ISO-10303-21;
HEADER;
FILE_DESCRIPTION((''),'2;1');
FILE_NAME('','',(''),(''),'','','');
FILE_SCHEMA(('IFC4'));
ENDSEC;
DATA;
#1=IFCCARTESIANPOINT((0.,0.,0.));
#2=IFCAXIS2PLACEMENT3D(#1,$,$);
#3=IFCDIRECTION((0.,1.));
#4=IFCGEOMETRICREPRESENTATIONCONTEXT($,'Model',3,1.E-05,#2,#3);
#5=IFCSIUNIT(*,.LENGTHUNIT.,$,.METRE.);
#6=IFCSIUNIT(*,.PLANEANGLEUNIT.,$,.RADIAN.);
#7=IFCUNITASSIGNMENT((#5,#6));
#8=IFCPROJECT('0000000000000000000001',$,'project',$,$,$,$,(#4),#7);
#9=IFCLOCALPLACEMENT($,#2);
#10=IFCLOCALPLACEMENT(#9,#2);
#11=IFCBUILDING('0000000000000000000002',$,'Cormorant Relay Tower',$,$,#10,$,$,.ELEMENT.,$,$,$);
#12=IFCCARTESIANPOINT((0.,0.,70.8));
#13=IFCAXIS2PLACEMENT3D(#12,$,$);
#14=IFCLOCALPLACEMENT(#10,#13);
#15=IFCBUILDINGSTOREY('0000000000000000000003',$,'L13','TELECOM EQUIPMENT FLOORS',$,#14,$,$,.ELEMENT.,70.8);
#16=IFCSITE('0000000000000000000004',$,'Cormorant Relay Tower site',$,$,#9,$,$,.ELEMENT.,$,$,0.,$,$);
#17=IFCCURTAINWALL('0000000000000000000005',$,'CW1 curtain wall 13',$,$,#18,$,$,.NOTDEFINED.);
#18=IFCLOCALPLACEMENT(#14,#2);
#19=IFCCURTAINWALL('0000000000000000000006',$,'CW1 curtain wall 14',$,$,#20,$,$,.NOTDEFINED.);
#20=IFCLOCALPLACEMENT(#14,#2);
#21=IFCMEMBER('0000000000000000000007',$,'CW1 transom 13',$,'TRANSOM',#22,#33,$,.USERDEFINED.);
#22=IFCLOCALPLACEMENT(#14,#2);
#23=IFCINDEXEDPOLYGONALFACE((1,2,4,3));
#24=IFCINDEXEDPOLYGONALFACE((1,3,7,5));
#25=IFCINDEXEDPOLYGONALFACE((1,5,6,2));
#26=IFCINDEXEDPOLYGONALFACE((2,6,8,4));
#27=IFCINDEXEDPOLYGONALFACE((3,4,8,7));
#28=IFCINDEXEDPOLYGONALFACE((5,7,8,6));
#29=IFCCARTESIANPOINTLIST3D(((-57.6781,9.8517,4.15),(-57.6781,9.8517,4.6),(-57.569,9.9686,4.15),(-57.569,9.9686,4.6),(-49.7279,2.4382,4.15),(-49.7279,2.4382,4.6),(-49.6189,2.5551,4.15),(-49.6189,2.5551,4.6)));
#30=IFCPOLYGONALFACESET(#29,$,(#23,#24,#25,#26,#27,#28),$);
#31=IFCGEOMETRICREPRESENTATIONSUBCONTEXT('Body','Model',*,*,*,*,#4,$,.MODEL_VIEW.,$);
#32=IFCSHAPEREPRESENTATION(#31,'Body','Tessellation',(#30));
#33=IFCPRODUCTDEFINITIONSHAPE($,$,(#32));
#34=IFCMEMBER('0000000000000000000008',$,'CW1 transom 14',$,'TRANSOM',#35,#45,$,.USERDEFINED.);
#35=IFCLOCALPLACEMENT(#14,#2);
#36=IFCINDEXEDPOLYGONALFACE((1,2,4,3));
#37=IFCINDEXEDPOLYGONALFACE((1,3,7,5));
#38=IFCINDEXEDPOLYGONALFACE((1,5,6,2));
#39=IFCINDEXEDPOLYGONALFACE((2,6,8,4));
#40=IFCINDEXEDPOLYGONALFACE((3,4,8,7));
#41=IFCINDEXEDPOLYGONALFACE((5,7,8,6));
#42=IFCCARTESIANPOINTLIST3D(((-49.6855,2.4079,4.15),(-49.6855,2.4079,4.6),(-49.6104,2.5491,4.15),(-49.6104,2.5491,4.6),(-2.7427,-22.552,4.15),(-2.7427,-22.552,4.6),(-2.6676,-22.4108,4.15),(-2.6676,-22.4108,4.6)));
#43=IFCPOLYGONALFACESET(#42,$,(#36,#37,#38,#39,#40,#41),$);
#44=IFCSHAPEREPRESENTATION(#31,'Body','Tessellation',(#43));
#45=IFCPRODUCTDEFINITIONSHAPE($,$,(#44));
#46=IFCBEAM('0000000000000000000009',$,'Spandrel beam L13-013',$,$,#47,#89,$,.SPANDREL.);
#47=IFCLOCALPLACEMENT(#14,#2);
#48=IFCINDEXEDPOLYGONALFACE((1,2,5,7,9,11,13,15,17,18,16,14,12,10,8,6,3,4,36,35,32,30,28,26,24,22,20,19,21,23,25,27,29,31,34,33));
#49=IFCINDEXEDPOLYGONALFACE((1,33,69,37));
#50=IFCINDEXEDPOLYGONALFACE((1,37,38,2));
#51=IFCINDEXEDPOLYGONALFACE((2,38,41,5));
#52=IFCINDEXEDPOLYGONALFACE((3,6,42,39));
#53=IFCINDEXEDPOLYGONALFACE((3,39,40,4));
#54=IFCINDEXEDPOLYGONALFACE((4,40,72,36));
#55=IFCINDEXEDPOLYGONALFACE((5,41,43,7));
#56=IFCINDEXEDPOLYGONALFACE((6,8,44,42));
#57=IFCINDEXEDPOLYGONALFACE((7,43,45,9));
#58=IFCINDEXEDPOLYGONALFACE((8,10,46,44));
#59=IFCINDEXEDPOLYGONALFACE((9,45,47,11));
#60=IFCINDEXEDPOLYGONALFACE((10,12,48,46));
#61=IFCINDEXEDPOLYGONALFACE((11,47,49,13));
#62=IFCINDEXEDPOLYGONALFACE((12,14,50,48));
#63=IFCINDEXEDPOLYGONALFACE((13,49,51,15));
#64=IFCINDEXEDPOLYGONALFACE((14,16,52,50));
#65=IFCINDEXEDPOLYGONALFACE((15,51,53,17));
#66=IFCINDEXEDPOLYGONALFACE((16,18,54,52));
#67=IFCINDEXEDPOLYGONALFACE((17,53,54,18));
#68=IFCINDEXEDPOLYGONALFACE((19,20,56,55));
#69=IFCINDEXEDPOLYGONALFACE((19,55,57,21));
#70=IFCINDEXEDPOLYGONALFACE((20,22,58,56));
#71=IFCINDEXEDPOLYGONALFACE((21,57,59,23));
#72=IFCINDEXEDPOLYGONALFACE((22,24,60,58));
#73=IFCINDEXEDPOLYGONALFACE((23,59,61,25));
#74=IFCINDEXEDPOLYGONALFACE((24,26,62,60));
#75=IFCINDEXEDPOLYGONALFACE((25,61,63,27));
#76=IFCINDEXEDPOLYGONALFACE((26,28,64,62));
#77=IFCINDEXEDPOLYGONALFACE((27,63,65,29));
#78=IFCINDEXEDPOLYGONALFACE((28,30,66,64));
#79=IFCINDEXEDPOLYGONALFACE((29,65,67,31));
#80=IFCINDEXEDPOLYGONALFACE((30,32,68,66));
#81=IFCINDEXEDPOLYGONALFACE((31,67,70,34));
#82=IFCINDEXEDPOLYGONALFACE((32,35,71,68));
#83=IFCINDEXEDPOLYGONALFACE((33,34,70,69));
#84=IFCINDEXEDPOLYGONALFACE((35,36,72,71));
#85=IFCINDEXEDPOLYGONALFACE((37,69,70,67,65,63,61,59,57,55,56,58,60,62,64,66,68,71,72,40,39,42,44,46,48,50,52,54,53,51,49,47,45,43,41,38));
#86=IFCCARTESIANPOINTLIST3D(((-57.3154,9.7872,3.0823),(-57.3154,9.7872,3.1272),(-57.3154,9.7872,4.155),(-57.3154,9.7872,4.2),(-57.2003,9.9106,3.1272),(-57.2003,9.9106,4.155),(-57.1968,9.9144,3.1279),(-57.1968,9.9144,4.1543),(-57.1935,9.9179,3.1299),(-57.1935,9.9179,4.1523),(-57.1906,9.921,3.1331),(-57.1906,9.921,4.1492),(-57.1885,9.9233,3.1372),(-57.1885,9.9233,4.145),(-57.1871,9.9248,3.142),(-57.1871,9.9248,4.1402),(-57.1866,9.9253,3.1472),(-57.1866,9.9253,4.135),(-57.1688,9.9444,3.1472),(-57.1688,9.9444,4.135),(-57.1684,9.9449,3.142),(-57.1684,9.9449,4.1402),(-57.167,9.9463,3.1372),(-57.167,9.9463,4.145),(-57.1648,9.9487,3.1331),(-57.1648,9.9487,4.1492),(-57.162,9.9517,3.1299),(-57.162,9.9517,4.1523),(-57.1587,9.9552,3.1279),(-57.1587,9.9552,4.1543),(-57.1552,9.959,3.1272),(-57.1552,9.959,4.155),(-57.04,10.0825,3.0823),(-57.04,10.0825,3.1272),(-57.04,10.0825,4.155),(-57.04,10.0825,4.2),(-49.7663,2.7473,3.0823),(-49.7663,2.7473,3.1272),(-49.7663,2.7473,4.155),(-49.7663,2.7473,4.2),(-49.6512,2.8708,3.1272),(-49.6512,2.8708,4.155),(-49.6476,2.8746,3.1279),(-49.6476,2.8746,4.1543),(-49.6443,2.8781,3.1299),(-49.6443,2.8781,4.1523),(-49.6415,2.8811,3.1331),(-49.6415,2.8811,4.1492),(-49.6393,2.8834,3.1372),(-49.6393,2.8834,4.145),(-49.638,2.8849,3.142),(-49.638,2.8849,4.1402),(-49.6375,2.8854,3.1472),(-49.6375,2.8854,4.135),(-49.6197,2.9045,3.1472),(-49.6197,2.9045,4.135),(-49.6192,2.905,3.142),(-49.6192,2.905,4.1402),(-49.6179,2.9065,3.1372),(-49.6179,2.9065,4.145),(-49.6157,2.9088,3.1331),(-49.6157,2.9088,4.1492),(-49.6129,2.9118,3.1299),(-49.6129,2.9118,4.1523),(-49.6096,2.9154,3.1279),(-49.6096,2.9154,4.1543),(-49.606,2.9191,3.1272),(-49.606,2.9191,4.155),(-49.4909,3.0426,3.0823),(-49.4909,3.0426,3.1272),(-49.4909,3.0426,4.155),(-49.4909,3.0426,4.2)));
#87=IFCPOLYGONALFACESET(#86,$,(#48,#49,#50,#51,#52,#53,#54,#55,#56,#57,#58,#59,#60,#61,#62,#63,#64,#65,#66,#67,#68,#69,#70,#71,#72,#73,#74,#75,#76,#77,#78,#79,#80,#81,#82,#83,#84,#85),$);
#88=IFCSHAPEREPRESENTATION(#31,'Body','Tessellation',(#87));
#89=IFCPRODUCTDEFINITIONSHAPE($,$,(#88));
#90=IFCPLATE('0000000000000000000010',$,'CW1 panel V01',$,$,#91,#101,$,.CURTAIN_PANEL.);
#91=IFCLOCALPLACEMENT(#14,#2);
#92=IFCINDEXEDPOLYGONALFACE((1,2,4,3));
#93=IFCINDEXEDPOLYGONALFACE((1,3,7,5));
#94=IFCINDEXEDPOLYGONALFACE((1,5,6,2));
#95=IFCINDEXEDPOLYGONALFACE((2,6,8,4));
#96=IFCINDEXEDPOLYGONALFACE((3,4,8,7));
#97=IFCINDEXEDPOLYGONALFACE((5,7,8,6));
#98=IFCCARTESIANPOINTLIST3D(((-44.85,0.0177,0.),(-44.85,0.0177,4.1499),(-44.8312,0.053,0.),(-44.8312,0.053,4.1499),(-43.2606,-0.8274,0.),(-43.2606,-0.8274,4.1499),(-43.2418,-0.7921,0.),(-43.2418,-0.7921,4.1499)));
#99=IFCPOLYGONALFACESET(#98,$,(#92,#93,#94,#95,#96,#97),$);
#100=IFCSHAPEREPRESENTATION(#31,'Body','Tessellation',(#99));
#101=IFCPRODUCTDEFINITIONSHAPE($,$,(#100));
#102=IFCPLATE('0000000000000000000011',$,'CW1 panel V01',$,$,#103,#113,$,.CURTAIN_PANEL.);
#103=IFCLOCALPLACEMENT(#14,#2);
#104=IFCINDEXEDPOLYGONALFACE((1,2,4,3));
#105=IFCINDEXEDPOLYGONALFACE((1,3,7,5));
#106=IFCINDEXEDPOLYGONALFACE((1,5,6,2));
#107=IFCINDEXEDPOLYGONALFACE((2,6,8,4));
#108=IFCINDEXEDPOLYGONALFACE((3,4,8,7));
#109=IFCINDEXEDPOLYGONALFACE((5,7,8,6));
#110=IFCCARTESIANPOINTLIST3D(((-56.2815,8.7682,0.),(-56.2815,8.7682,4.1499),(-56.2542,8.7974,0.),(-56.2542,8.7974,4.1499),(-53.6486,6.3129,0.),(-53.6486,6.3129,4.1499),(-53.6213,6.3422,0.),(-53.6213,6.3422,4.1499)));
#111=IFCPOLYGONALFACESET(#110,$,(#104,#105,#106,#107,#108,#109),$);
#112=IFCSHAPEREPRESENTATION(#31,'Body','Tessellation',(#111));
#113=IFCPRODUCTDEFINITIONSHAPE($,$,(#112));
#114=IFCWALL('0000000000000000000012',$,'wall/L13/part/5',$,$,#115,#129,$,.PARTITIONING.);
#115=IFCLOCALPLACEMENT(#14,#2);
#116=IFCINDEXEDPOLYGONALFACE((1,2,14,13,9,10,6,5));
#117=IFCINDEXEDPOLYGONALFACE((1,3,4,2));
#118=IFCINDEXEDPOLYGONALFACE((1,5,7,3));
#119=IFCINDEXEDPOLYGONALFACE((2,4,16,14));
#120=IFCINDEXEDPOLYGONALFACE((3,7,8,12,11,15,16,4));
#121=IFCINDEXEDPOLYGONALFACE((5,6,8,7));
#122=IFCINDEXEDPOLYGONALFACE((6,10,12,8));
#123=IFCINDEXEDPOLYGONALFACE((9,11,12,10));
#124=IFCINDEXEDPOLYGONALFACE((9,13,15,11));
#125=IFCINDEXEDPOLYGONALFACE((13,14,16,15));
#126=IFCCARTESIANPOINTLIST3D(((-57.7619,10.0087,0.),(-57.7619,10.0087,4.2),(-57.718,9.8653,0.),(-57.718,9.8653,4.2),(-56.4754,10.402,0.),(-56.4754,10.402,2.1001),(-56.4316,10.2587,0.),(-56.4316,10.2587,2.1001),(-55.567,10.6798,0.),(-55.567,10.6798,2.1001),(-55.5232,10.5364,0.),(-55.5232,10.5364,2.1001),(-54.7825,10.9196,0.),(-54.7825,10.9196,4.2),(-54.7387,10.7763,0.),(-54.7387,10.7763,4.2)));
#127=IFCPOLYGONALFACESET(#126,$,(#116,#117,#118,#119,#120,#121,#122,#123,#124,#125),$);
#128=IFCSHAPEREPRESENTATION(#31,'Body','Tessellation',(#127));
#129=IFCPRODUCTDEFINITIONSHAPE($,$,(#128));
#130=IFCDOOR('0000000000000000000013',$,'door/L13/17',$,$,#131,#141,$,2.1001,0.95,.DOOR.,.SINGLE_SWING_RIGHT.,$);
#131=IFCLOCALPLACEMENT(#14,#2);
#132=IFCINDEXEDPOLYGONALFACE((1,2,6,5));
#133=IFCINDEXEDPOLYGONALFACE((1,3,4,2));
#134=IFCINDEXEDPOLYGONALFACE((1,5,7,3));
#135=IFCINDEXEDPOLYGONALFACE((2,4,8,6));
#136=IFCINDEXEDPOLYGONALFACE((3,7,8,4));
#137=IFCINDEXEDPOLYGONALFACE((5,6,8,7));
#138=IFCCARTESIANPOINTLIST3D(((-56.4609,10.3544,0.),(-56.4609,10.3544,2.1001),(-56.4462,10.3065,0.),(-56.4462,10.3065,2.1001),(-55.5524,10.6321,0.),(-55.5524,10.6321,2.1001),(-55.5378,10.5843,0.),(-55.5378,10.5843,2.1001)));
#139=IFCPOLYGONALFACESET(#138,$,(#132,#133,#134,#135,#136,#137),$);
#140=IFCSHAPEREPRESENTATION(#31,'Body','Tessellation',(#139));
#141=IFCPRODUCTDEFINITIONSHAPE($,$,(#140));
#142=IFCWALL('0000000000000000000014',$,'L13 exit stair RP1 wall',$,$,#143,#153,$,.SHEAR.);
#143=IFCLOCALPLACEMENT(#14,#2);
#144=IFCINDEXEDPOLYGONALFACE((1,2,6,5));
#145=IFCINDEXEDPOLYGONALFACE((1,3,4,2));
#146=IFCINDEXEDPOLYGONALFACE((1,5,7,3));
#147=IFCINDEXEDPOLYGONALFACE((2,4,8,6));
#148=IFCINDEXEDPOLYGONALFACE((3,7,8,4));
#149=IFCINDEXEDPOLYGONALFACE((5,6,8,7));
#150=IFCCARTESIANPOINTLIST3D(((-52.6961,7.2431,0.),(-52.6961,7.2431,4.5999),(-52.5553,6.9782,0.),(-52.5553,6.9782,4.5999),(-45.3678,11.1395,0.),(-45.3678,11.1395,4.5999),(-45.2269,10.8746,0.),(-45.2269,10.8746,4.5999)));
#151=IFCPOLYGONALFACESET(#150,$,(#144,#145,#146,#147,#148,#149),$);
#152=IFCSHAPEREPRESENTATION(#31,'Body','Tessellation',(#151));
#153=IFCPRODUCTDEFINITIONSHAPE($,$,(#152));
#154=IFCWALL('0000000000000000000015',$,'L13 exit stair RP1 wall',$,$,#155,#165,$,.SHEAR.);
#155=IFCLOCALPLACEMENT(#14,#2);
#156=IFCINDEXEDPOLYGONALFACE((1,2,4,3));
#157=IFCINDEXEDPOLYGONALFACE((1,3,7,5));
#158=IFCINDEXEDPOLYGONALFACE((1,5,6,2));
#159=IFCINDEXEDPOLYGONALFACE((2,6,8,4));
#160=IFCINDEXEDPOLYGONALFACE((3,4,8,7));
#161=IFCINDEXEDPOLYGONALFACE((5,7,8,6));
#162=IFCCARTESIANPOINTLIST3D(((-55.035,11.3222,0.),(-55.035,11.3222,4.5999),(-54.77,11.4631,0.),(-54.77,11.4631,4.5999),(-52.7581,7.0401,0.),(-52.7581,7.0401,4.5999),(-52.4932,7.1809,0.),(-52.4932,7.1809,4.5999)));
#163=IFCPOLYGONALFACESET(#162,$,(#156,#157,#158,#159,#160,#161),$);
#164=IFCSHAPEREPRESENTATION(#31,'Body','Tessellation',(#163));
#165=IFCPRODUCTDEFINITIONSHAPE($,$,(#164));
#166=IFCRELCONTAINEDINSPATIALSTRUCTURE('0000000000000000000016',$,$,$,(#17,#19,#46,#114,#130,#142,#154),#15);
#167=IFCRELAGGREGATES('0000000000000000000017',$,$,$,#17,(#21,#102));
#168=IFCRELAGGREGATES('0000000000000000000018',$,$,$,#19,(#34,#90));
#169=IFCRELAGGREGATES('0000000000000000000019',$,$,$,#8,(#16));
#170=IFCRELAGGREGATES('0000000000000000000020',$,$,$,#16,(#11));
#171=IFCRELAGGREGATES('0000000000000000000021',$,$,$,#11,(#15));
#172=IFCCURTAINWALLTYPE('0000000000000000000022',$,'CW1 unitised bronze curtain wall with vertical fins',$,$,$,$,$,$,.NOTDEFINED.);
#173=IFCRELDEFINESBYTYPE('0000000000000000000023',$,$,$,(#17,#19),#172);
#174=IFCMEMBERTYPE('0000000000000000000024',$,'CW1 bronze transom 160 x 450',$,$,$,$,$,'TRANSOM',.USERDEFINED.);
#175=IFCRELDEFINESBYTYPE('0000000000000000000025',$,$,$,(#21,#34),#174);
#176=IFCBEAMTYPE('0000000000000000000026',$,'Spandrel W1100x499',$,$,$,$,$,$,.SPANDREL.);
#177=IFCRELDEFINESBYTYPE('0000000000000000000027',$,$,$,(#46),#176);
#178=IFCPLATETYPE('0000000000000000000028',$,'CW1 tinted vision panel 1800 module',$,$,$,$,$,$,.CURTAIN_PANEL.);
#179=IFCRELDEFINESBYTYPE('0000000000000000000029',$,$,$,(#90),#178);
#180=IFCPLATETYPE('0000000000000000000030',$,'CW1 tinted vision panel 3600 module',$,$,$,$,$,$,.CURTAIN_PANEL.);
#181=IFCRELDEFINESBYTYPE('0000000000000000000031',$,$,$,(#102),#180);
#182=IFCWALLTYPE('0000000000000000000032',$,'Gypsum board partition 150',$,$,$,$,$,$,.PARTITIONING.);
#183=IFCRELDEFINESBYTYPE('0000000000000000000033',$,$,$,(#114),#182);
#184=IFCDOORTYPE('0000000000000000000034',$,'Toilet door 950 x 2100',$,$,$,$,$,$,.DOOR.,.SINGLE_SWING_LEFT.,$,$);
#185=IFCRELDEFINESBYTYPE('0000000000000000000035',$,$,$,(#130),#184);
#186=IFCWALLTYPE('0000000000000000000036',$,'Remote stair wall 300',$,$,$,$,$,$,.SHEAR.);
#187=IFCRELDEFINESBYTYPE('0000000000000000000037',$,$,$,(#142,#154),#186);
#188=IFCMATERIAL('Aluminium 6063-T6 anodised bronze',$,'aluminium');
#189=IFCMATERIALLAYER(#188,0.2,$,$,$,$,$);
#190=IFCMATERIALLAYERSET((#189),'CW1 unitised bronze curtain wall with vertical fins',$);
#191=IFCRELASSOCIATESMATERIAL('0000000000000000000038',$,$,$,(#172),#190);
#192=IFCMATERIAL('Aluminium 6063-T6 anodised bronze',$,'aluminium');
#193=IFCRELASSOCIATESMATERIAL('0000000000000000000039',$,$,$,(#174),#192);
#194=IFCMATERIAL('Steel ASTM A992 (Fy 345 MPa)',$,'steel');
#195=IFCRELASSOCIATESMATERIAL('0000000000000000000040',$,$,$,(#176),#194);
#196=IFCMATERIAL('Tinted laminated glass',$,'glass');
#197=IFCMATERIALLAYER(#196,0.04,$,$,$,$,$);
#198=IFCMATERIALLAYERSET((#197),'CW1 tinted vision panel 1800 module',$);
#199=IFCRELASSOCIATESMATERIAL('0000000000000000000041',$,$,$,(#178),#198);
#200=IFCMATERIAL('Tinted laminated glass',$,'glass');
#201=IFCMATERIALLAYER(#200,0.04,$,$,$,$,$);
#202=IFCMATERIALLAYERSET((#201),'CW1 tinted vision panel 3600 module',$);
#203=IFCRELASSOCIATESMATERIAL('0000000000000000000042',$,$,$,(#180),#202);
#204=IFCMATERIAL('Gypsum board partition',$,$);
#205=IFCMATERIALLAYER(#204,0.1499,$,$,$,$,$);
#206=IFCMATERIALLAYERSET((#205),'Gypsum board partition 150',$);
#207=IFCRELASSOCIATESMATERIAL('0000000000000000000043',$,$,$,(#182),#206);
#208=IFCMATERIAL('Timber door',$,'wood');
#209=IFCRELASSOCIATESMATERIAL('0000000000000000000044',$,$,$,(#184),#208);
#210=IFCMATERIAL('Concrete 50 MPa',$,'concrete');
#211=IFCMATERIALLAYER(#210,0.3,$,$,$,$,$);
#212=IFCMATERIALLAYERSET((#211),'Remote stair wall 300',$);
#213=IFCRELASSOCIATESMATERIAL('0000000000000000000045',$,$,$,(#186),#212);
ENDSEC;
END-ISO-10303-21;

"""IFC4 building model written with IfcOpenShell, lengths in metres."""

from ifc_helpers import new_model, si_unit, direction, frame, frame_2d, origin, origin_2d, place, context, subcontext, project, spatial, rectangle, i_section, extrude, material, layer, layer_set, material_profile, profile_set, type_object, element, fill, aggregate, save


model = new_model("IFC4")

# Units and contexts
model_context = context("Model", 3, precision=1e-05, world=origin(), true_north=direction((0.0, 1.0)))
body_context = subcontext(model_context, "Body", "Model", "MODEL_VIEW")
ifc_project = project(units=[si_unit("LENGTHUNIT", "METRE"), si_unit("PLANEANGLEUNIT", "RADIAN")], contexts=[model_context])

# Site, building, storey
site_placement = place(None, origin())
site = spatial("IfcSite", under=ifc_project, at=site_placement, Name="Cormorant Relay Tower site", CompositionType="ELEMENT", RefElevation=0.0)
building_placement = place(site_placement, origin())
building = spatial("IfcBuilding", under=site, at=building_placement, Name="Cormorant Relay Tower", CompositionType="ELEMENT")
storey_placement = place(building_placement, frame((0.0, 0.0, 70.8)))
storey = spatial("IfcBuildingStorey", under=building, at=storey_placement, Name="L13", Description="TELECOM EQUIPMENT FLOORS", CompositionType="ELEMENT", Elevation=70.8)

# Curtain walls
ifc_material_1 = material(Name="Aluminium 6063-T6 anodised bronze", Category="aluminium")
ifc_layer_1 = layer(ifc_material_1, 0.2)
ifc_layer_set_1 = layer_set([ifc_layer_1], Name="CW1 unitised bronze curtain wall with vertical fins")
curtain_wall_type = type_object("IfcCurtainWallType", Name="CW1 unitised bronze curtain wall with vertical fins", PredefinedType="NOTDEFINED", material=ifc_layer_set_1)
curtain_wall_1_placement = place(storey_placement, origin())
curtain_wall_1 = element("IfcCurtainWall", 1, at=curtain_wall_1_placement, inside=storey, type_object=curtain_wall_type, Name="CW1 curtain wall 13", PredefinedType="NOTDEFINED")
curtain_wall_2_placement = place(storey_placement, origin())
curtain_wall_2 = element("IfcCurtainWall", 2, at=curtain_wall_2_placement, inside=storey, type_object=curtain_wall_type, Name="CW1 curtain wall 14", PredefinedType="NOTDEFINED")

# Members
ifc_material_2 = material(Name="Aluminium 6063-T6 anodised bronze", Category="aluminium")
ifc_material_profile_1 = material_profile(ifc_material_2, rectangle(XDim=0.1599, YDim=0.45, at=origin_2d()), Name="AL 160x450")
ifc_profile_set_1 = profile_set([ifc_material_profile_1], Name="Aluminium 6063-T6 anodised bronze")
member_type_1 = type_object("IfcMemberType", Name="CW1 bronze transom 160 x 450", ElementType="TRANSOM", PredefinedType="USERDEFINED", material=ifc_profile_set_1)
member_1_placement = place(storey_placement, frame((-57.6235, 9.9102, 4.375), z_axis=(0.731358, -0.681993, 0.0), x_axis=(0.681993, 0.731358, 0.0)))
member_1 = element("IfcMember", 3, at=member_1_placement, type_object=member_type_1, Name="CW1 transom 13", ObjectType="TRANSOM", PredefinedType="USERDEFINED", context=body_context, shape_type="SweptSolid", body=[
    extrude(rectangle(XDim=0.1599, YDim=0.45, at=origin_2d()), origin(), (0.0, 0.0, 1.0), 10.8704),
])
member_2_placement = place(storey_placement, frame((-49.6479, 2.4785, 4.375), z_axis=(0.882948, -0.469471, 0.0), x_axis=(0.469471, 0.882948, 0.0)))
member_2 = element("IfcMember", 4, at=member_2_placement, type_object=member_type_1, Name="CW1 transom 14", ObjectType="TRANSOM", PredefinedType="USERDEFINED", context=body_context, shape_type="SweptSolid", body=[
    extrude(rectangle(XDim=0.1599, YDim=0.45, at=origin_2d()), origin(), (0.0, 0.0, 1.0), 53.166),
])

# Beam
ifc_material_3 = material(Name="Steel ASTM A992 (Fy 345 MPa)", Category="steel")
ifc_material_profile_2 = material_profile(ifc_material_3, i_section(OverallWidth=0.4038, OverallDepth=1.1177, WebThickness=0.0261, FlangeThickness=0.0449, FilletRadius=0.02, at=origin_2d()), Name="W1100x499")
ifc_profile_set_2 = profile_set([ifc_material_profile_2], Name="Steel ASTM A992 (Fy 345 MPa)")
beam_type = type_object("IfcBeamType", Name="Spandrel W1100x499", PredefinedType="SPANDREL", material=ifc_profile_set_2)
beam_placement = place(storey_placement, frame((-57.1777, 9.9348, 3.6411), z_axis=(0.731345, -0.682007, 0.0), x_axis=(0.682007, 0.731345, 0.0)))
element("IfcBeam", 5, at=beam_placement, inside=storey, type_object=beam_type, Name="Spandrel beam L13-013", PredefinedType="SPANDREL", context=body_context, shape_type="SweptSolid", body=[
    extrude(i_section(OverallWidth=0.4038, OverallDepth=1.1177, WebThickness=0.0261, FlangeThickness=0.0449, FilletRadius=0.02, at=origin_2d()), origin(), (0.0, 0.0, 1.0), 10.3223),
])

# Plates
ifc_material_4 = material(Name="Tinted laminated glass", Category="glass")
ifc_layer_2 = layer(ifc_material_4, 0.04)
ifc_layer_set_2 = layer_set([ifc_layer_2], Name="CW1 tinted vision panel 1800 module")
plate_type_1 = type_object("IfcPlateType", Name="CW1 tinted vision panel 1800 module", PredefinedType="CURTAIN_PANEL", material=ifc_layer_set_2)
plate_1_placement = place(storey_placement, frame((-44.0459, -0.3872, 0.0), z_axis=(0.0, 0.0, 1.0), x_axis=(0.882948, -0.469472, 0.0)))
plate_1 = element("IfcPlate", 6, at=plate_1_placement, type_object=plate_type_1, Name="CW1 panel V01", PredefinedType="CURTAIN_PANEL", context=body_context, shape_type="SweptSolid", body=[
    extrude(rectangle(XDim=1.8, YDim=0.04, at=origin_2d()), origin(), (0.0, 0.0, 1.0), 4.1499),
])
ifc_material_5 = material(Name="Tinted laminated glass", Category="glass")
ifc_layer_3 = layer(ifc_material_5, 0.04)
ifc_layer_set_3 = layer_set([ifc_layer_3], Name="CW1 tinted vision panel 3600 module")
plate_type_2 = type_object("IfcPlateType", Name="CW1 tinted vision panel 3600 module", PredefinedType="CURTAIN_PANEL", material=ifc_layer_set_3)
plate_2_placement = place(storey_placement, frame((-54.9514, 7.5552, 0.0), z_axis=(0.0, 0.0, 1.0), x_axis=(0.731354, -0.681998, 0.0)))
plate_2 = element("IfcPlate", 7, at=plate_2_placement, type_object=plate_type_2, Name="CW1 panel V01", PredefinedType="CURTAIN_PANEL", context=body_context, shape_type="SweptSolid", body=[
    extrude(rectangle(XDim=3.6001, YDim=0.04, at=origin_2d()), origin(), (0.0, 0.0, 1.0), 4.1499),
])

# Wall, opening, door
ifc_material_6 = material(Name="Gypsum board partition")
ifc_layer_4 = layer(ifc_material_6, 0.1499)
ifc_layer_set_4 = layer_set([ifc_layer_4], Name="Gypsum board partition 150")
wall_type_1 = type_object("IfcWallType", Name="Gypsum board partition 150", PredefinedType="PARTITIONING", material=ifc_layer_set_4)
wall_1_placement = place(storey_placement, frame((-54.7607, 10.8479, 0.0), z_axis=(0.0, 0.0, 1.0), x_axis=(-0.956301, -0.292384, 0.0)))
wall_1 = element("IfcWall", 8, at=wall_1_placement, inside=storey, type_object=wall_type_1, Name="wall/L13/part/5", PredefinedType="PARTITIONING", context=body_context, shape_type="SweptSolid", body=[
    extrude(rectangle(XDim=3.1155, YDim=0.1499, at=frame_2d((1.5576, 0.0))), origin(), (0.0, 0.0, 1.0), 4.2),
])
opening_1_placement = place(wall_1_placement, frame((0.8201, 0.0, 0.0)))
opening_1 = element("IfcOpeningElement", 9, at=opening_1_placement, cuts=wall_1, PredefinedType="OPENING", context=body_context, shape_type="SweptSolid", body=[
    extrude(rectangle(XDim=0.95, YDim=2.1001, at=frame_2d((0.4751, 1.05))), frame((0.0, 0.085, 0.0), z_axis=(0.0, -1.0, 0.0), x_axis=(1.0, 0.0, 0.0)), (0.0, 0.0, 1.0), 0.1699),
])
ifc_material_7 = material(Name="Timber door", Category="wood")
door_type_1 = type_object("IfcDoorType", Name="Toilet door 950 x 2100", OperationType="SINGLE_SWING_LEFT", PredefinedType="DOOR", material=ifc_material_7)
door_1_placement = place(opening_1_placement, origin())
door_1 = element("IfcDoor", 10, at=door_1_placement, inside=storey, type_object=door_type_1, Name="door/L13/17", OperationType="SINGLE_SWING_RIGHT", OverallHeight=2.1001, OverallWidth=0.95, PredefinedType="DOOR", context=body_context, shape_type="SweptSolid", body=[
    extrude(rectangle(XDim=0.95, YDim=2.1001, at=frame_2d((0.4751, 1.05))), frame((0.0, 0.0249, 0.0), z_axis=(0.0, -1.0, 0.0), x_axis=(1.0, 0.0, 0.0)), (0.0, 0.0, 1.0), 0.05),
])
fill(opening_1, door_1)

# Walls
ifc_material_8 = material(Name="Concrete 50 MPa", Category="concrete")
ifc_layer_5 = layer(ifc_material_8, 0.3)
ifc_layer_set_5 = layer_set([ifc_layer_5], Name="Remote stair wall 300")
wall_type_2 = type_object("IfcWallType", Name="Remote stair wall 300", PredefinedType="SHEAR", material=ifc_layer_set_5)
wall_2_placement = place(storey_placement, frame((-45.2974, 11.0071, 0.0), z_axis=(0.0, 0.0, 1.0), x_axis=(-0.882952, -0.469464, 0.0)))
element("IfcWall", 11, at=wall_2_placement, inside=storey, type_object=wall_type_2, Name="L13 exit stair RP1 wall", PredefinedType="SHEAR", context=body_context, shape_type="SweptSolid", body=[
    extrude(rectangle(XDim=8.2998, YDim=0.3, at=frame_2d((4.1499, 0.0))), origin(), (0.0, 0.0, 1.0), 4.5999),
])
wall_3_placement = place(storey_placement, frame((-52.6257, 7.1106, 0.0), z_axis=(0.0, 0.0, 1.0), x_axis=(-0.469464, 0.882951, 0.0)))
element("IfcWall", 12, at=wall_3_placement, inside=storey, type_object=wall_type_2, Name="L13 exit stair RP1 wall", PredefinedType="SHEAR", context=body_context, shape_type="SweptSolid", body=[
    extrude(rectangle(XDim=4.8499, YDim=0.3, at=frame_2d((2.4248, 0.0))), origin(), (0.0, 0.0, 1.0), 4.5999),
])

aggregate(curtain_wall_1, [member_1, plate_2])
aggregate(curtain_wall_2, [member_2, plate_1])

save(model, "model.ifc")
